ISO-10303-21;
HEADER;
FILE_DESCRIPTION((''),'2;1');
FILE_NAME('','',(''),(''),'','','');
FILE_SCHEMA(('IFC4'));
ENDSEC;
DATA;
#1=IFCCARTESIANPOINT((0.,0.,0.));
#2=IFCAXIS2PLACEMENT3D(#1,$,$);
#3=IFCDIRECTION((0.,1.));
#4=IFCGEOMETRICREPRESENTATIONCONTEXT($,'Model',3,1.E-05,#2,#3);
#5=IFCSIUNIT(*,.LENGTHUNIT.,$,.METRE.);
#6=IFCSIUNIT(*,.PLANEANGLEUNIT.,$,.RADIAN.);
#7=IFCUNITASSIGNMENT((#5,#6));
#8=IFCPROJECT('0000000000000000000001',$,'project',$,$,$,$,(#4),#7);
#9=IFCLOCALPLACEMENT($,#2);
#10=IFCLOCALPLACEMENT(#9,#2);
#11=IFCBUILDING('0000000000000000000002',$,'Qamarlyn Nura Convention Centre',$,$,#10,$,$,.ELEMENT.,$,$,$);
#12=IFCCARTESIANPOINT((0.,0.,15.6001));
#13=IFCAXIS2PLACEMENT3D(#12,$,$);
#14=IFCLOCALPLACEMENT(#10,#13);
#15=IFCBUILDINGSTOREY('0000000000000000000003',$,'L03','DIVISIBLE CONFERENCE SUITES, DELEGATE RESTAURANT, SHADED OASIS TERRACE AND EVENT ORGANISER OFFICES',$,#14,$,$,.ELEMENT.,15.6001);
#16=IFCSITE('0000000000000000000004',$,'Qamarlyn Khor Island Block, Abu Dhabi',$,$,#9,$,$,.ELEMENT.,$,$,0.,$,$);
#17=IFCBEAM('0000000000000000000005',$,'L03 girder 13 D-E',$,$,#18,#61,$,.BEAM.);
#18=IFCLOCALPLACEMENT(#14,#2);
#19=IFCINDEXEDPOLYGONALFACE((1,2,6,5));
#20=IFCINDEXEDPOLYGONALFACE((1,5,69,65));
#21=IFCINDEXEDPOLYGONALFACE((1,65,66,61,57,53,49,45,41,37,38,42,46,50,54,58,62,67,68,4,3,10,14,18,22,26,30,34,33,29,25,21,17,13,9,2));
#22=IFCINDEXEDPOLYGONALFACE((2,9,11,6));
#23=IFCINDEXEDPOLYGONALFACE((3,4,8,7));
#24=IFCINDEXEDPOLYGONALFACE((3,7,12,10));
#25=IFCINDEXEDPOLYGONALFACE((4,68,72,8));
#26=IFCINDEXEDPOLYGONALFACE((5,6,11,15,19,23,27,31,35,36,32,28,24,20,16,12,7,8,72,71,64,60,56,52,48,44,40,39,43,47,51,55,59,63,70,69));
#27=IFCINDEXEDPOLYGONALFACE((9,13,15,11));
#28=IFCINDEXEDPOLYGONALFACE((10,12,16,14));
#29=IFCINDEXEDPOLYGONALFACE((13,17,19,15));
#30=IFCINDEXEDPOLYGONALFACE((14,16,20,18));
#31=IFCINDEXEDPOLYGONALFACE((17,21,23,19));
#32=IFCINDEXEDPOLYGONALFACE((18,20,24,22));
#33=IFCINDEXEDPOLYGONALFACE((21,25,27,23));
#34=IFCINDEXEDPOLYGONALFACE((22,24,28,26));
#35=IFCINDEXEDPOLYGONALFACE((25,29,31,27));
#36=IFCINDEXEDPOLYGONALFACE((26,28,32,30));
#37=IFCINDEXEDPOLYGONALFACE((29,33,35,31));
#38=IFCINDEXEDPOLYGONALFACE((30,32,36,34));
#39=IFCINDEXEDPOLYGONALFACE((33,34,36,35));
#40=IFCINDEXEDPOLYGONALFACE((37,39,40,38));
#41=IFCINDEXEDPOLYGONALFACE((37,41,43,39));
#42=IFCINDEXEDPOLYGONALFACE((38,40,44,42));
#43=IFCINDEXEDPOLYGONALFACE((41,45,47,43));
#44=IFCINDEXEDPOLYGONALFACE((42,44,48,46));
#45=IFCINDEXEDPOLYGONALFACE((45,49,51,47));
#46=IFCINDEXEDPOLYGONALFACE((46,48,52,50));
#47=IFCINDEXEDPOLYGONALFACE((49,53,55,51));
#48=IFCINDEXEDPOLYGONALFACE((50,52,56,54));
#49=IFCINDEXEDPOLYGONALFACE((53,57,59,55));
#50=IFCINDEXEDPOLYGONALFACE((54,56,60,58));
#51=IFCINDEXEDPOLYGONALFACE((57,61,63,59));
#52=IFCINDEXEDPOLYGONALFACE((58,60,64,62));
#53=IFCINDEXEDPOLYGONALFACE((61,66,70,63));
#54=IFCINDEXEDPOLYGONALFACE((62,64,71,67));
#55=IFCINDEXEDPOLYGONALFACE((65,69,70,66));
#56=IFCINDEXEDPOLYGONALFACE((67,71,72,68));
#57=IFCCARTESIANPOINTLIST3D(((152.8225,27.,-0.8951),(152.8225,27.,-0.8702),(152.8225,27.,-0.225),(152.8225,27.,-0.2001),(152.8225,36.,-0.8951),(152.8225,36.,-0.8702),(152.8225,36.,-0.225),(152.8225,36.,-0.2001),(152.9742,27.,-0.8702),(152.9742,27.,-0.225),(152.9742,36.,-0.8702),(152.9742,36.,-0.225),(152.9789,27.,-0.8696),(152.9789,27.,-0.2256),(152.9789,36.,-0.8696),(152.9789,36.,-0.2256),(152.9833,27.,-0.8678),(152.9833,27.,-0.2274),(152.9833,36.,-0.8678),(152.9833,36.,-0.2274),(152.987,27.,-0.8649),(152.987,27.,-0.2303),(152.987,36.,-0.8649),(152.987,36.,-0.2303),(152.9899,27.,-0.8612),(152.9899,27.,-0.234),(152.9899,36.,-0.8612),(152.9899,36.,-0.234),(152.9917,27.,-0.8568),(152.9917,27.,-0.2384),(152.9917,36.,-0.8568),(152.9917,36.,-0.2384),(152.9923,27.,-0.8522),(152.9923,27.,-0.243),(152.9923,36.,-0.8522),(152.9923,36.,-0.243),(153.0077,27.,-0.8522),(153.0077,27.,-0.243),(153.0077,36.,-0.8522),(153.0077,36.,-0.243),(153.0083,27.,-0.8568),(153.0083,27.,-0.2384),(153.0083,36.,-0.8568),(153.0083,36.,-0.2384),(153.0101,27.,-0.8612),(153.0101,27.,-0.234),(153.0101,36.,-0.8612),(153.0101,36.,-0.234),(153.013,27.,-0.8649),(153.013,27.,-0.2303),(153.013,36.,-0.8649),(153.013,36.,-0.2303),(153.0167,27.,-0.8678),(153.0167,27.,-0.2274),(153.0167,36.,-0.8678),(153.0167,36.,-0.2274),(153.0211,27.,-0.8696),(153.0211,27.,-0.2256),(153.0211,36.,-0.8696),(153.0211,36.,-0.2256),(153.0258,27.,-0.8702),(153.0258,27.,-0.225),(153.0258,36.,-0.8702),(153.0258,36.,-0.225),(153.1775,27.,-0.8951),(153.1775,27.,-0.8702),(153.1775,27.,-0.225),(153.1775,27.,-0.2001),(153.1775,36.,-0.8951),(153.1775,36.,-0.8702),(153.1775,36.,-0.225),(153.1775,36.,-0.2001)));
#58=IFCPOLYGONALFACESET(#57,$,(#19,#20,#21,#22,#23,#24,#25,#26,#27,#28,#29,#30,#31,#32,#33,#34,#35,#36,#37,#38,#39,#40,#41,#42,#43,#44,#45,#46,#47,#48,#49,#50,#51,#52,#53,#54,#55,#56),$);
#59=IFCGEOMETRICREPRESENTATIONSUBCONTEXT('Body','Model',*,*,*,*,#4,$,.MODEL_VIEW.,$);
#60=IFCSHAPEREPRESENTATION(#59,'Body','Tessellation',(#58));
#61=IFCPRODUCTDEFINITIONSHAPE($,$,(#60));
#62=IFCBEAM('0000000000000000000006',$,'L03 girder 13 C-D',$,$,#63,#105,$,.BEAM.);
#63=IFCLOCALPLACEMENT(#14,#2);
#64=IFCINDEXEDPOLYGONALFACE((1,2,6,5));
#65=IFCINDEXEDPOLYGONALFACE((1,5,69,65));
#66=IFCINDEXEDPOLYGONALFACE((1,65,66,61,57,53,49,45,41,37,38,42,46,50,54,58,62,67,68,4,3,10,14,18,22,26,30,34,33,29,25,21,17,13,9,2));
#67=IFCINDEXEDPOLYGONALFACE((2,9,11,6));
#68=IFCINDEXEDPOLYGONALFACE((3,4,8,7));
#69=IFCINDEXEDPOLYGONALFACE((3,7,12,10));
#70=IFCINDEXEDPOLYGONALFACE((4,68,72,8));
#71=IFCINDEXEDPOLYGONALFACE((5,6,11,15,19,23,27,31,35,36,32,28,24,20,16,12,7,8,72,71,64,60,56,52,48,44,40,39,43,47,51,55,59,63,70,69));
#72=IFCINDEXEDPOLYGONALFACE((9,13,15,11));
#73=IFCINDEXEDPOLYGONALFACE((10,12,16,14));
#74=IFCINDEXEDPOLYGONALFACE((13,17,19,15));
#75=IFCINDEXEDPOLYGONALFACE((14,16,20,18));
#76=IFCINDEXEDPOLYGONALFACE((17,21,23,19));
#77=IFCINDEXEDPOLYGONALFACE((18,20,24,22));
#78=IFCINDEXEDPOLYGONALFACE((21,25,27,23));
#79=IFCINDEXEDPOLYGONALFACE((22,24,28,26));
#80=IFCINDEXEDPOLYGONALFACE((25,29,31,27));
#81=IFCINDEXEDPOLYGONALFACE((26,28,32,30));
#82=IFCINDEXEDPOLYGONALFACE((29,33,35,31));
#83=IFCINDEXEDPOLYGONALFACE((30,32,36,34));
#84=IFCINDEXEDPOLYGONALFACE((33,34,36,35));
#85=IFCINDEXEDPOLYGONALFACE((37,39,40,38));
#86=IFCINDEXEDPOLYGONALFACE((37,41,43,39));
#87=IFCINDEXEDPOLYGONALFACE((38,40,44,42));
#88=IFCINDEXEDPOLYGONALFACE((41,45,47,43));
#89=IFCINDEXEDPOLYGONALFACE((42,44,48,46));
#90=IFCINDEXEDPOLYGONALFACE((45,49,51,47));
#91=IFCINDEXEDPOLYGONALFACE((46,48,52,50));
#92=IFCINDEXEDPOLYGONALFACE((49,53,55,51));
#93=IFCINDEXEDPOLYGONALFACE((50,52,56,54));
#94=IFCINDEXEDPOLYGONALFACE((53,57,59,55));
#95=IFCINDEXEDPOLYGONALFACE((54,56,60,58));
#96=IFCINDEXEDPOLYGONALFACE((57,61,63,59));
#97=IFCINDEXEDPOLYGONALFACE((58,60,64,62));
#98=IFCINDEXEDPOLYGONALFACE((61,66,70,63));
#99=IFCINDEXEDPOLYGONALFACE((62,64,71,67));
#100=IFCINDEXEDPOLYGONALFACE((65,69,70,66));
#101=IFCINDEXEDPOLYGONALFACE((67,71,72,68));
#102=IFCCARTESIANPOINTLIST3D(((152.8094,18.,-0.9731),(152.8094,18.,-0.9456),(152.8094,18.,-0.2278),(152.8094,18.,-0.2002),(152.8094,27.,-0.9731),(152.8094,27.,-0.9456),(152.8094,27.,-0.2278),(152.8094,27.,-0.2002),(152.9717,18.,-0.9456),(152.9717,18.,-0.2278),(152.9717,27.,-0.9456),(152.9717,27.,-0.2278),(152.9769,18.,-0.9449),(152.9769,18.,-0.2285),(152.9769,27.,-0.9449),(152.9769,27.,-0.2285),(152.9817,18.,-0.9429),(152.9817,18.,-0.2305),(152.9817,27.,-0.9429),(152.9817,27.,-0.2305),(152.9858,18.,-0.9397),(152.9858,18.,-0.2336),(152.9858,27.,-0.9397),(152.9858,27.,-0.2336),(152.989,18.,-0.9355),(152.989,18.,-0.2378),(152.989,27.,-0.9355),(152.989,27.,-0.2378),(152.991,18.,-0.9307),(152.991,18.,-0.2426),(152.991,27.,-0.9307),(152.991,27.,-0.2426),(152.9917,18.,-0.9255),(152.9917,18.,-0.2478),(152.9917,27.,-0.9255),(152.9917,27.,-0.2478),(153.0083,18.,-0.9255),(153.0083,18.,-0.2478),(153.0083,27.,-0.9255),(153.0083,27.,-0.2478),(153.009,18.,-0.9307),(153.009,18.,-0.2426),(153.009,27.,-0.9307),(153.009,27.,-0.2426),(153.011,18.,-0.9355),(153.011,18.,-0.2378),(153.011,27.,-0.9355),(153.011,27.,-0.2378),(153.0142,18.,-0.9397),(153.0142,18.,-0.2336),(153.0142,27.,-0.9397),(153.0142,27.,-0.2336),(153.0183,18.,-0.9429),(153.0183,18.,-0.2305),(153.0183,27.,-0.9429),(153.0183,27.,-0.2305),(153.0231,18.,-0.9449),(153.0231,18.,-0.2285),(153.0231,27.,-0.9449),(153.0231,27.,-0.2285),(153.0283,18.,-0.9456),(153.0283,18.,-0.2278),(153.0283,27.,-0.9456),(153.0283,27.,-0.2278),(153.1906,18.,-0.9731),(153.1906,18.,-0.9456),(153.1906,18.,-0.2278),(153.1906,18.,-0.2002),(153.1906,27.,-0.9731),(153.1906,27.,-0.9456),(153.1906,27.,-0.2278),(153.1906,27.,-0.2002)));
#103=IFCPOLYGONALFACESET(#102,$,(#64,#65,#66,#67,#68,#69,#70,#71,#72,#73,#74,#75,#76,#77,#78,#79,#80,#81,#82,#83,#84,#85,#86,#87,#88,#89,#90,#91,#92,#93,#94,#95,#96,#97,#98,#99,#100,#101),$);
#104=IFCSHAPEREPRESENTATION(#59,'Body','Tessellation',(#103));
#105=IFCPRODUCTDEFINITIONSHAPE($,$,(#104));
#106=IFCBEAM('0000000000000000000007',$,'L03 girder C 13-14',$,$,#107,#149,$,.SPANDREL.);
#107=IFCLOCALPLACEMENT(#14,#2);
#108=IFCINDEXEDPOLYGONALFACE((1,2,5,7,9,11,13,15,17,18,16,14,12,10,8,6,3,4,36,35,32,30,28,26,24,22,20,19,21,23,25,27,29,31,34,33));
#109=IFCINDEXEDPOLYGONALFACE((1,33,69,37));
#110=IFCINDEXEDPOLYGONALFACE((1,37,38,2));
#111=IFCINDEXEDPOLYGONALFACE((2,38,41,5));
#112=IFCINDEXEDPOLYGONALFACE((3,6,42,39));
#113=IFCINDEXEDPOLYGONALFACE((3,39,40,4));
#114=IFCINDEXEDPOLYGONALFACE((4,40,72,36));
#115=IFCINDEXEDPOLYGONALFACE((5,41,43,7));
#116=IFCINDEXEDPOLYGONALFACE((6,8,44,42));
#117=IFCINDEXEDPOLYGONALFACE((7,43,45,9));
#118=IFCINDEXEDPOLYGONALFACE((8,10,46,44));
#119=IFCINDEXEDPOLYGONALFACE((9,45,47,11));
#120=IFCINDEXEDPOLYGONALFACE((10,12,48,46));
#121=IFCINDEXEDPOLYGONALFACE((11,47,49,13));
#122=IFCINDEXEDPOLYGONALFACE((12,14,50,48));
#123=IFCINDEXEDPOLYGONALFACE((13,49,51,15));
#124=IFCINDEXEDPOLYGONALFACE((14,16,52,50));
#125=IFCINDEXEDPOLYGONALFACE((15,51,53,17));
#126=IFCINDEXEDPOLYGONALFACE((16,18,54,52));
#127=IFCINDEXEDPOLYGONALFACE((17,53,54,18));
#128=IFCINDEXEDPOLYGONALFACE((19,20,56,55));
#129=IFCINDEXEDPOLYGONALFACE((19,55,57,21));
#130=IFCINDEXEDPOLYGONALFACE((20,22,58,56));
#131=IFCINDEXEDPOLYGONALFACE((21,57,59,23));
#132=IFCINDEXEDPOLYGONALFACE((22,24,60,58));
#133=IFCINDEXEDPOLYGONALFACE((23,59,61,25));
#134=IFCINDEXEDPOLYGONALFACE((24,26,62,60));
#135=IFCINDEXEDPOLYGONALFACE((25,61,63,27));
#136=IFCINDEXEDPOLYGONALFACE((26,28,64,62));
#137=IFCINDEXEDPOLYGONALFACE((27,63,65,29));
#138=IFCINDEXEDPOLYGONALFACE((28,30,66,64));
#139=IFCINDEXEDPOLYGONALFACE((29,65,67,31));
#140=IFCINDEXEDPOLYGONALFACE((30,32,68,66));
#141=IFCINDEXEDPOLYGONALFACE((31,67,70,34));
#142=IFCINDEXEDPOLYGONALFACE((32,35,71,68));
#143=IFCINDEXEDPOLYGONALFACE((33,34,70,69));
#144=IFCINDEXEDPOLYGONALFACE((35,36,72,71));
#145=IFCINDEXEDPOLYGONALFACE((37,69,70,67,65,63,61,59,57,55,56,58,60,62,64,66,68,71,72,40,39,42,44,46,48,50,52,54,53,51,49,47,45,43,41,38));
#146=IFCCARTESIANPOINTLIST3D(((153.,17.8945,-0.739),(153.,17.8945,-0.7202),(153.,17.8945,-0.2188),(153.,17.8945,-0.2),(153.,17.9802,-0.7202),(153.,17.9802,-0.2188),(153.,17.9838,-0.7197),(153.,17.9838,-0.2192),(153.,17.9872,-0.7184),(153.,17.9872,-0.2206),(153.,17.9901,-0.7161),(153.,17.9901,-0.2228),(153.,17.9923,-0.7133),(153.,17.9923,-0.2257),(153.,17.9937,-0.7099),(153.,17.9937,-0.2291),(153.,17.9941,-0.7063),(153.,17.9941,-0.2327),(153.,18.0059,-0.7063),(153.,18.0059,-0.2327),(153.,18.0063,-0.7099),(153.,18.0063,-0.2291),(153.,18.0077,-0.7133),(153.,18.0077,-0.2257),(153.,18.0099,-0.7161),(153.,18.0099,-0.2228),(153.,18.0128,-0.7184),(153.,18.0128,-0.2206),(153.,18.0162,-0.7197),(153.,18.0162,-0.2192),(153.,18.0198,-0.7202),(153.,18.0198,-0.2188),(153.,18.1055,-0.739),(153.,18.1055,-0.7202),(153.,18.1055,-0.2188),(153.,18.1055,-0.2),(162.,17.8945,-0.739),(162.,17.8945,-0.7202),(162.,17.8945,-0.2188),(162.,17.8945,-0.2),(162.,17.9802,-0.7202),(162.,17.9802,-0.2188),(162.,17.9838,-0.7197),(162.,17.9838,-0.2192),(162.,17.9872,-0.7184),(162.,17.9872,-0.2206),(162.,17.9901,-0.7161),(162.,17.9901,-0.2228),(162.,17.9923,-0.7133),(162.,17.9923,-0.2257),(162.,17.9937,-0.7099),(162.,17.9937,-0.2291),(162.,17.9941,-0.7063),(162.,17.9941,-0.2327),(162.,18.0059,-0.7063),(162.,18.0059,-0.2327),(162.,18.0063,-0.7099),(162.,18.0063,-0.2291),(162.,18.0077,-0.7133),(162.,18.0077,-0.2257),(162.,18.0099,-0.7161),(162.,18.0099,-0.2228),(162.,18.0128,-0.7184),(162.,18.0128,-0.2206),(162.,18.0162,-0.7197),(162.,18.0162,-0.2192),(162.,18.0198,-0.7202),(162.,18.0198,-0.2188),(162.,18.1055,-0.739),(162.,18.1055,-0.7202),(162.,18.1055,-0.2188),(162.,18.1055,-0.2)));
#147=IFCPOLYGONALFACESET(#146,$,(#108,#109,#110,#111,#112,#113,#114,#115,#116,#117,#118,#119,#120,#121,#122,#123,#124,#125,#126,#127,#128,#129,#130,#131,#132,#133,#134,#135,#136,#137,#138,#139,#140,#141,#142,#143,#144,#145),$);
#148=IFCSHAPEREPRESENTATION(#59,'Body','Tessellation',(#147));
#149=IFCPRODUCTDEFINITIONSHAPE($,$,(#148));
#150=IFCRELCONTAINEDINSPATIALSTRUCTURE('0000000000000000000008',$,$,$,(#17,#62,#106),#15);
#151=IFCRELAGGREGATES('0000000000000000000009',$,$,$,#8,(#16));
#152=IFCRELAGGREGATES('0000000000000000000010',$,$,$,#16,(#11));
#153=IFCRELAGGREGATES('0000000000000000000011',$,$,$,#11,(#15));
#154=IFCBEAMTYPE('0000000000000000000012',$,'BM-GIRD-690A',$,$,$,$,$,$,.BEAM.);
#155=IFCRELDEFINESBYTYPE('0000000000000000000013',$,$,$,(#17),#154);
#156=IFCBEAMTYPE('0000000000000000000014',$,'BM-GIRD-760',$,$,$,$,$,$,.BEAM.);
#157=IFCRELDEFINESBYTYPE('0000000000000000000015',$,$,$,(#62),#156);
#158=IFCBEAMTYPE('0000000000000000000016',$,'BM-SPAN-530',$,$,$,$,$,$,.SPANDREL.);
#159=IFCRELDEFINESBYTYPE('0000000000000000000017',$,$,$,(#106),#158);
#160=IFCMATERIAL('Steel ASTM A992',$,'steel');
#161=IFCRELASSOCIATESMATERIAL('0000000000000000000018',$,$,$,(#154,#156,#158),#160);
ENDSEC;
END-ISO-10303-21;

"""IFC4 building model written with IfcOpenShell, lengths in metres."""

from ifc_helpers import new_model, si_unit, direction, frame, origin, origin_2d, place, context, subcontext, project, spatial, i_section, extrude, material, material_profile, profile_set, type_object, element, save


model = new_model("IFC4")

# Units and contexts
model_context = context("Model", 3, precision=1e-05, world=origin(), true_north=direction((0.0, 1.0)))
body_context = subcontext(model_context, "Body", "Model", "MODEL_VIEW")
ifc_project = project(units=[si_unit("LENGTHUNIT", "METRE"), si_unit("PLANEANGLEUNIT", "RADIAN")], contexts=[model_context])

# Site, building, storey
site_placement = place(None, origin())
site = spatial("IfcSite", under=ifc_project, at=site_placement, Name="Qamarlyn Khor Island Block, Abu Dhabi", CompositionType="ELEMENT", RefElevation=0.0)
building_placement = place(site_placement, origin())
building = spatial("IfcBuilding", under=site, at=building_placement, Name="Qamarlyn Nura Convention Centre", CompositionType="ELEMENT")
storey_placement = place(building_placement, frame((0.0, 0.0, 15.6001)))
storey = spatial("IfcBuildingStorey", under=building, at=storey_placement, Name="L03", Description="DIVISIBLE CONFERENCE SUITES, DELEGATE RESTAURANT, SHADED OASIS TERRACE AND EVENT ORGANISER OFFICES", CompositionType="ELEMENT", Elevation=15.6001)

# Beams
ifc_material_1 = material(Name="Steel ASTM A992", Category="steel")
ifc_material_profile_1 = material_profile(ifc_material_1, i_section(OverallWidth=0.355, OverallDepth=0.6951, WebThickness=0.0154, FlangeThickness=0.0249, FilletRadius=0.0181, at=origin_2d()), Name="W690X217")
ifc_profile_set_1 = profile_set([ifc_material_profile_1], Name="Steel ASTM A992")
beam_type_1 = type_object("IfcBeamType", Name="BM-GIRD-690A", PredefinedType="BEAM", material=ifc_profile_set_1)
beam_1_placement = place(storey_placement, frame((153.0, 27.0, -0.5476), z_axis=(0.0, 1.0, 0.0), x_axis=(-1.0, 0.0, 0.0)))
element("IfcBeam", 1, at=beam_1_placement, inside=storey, type_object=beam_type_1, Name="L03 girder 13 D-E", PredefinedType="BEAM", context=body_context, shape_type="SweptSolid", body=[
    extrude(i_section(OverallWidth=0.355, OverallDepth=0.6951, WebThickness=0.0154, FlangeThickness=0.0249, FilletRadius=0.0181, at=origin_2d()), origin(), (0.0, 0.0, 1.0), 9.0),
])
ifc_material_profile_2 = material_profile(ifc_material_1, i_section(OverallWidth=0.3811, OverallDepth=0.7729, WebThickness=0.0166, FlangeThickness=0.0276, FilletRadius=0.02, at=origin_2d()), Name="W760X257")
ifc_profile_set_2 = profile_set([ifc_material_profile_2], Name="Steel ASTM A992")
beam_type_2 = type_object("IfcBeamType", Name="BM-GIRD-760", PredefinedType="BEAM", material=ifc_profile_set_2)
beam_2_placement = place(storey_placement, frame((153.0, 18.0, -0.5867), z_axis=(0.0, 1.0, 0.0), x_axis=(-1.0, 0.0, 0.0)))
element("IfcBeam", 2, at=beam_2_placement, inside=storey, type_object=beam_type_2, Name="L03 girder 13 C-D", PredefinedType="BEAM", context=body_context, shape_type="SweptSolid", body=[
    extrude(i_section(OverallWidth=0.3811, OverallDepth=0.7729, WebThickness=0.0166, FlangeThickness=0.0276, FilletRadius=0.02, at=origin_2d()), origin(), (0.0, 0.0, 1.0), 9.0),
])
ifc_material_profile_3 = material_profile(ifc_material_1, i_section(OverallWidth=0.2109, OverallDepth=0.5391, WebThickness=0.0117, FlangeThickness=0.0188, FilletRadius=0.0139, at=origin_2d()), Name="W530X109")
ifc_profile_set_3 = profile_set([ifc_material_profile_3], Name="Steel ASTM A992")
beam_type_3 = type_object("IfcBeamType", Name="BM-SPAN-530", PredefinedType="SPANDREL", material=ifc_profile_set_3)
beam_3_placement = place(storey_placement, frame((153.0, 18.0, -0.4695), z_axis=(1.0, 0.0, 0.0), x_axis=(0.0, 1.0, 0.0)))
element("IfcBeam", 3, at=beam_3_placement, inside=storey, type_object=beam_type_3, Name="L03 girder C 13-14", PredefinedType="SPANDREL", context=body_context, shape_type="SweptSolid", body=[
    extrude(i_section(OverallWidth=0.2109, OverallDepth=0.5391, WebThickness=0.0117, FlangeThickness=0.0188, FilletRadius=0.0139, at=origin_2d()), origin(), (0.0, 0.0, 1.0), 9.0),
])

save(model, "model.ifc")
